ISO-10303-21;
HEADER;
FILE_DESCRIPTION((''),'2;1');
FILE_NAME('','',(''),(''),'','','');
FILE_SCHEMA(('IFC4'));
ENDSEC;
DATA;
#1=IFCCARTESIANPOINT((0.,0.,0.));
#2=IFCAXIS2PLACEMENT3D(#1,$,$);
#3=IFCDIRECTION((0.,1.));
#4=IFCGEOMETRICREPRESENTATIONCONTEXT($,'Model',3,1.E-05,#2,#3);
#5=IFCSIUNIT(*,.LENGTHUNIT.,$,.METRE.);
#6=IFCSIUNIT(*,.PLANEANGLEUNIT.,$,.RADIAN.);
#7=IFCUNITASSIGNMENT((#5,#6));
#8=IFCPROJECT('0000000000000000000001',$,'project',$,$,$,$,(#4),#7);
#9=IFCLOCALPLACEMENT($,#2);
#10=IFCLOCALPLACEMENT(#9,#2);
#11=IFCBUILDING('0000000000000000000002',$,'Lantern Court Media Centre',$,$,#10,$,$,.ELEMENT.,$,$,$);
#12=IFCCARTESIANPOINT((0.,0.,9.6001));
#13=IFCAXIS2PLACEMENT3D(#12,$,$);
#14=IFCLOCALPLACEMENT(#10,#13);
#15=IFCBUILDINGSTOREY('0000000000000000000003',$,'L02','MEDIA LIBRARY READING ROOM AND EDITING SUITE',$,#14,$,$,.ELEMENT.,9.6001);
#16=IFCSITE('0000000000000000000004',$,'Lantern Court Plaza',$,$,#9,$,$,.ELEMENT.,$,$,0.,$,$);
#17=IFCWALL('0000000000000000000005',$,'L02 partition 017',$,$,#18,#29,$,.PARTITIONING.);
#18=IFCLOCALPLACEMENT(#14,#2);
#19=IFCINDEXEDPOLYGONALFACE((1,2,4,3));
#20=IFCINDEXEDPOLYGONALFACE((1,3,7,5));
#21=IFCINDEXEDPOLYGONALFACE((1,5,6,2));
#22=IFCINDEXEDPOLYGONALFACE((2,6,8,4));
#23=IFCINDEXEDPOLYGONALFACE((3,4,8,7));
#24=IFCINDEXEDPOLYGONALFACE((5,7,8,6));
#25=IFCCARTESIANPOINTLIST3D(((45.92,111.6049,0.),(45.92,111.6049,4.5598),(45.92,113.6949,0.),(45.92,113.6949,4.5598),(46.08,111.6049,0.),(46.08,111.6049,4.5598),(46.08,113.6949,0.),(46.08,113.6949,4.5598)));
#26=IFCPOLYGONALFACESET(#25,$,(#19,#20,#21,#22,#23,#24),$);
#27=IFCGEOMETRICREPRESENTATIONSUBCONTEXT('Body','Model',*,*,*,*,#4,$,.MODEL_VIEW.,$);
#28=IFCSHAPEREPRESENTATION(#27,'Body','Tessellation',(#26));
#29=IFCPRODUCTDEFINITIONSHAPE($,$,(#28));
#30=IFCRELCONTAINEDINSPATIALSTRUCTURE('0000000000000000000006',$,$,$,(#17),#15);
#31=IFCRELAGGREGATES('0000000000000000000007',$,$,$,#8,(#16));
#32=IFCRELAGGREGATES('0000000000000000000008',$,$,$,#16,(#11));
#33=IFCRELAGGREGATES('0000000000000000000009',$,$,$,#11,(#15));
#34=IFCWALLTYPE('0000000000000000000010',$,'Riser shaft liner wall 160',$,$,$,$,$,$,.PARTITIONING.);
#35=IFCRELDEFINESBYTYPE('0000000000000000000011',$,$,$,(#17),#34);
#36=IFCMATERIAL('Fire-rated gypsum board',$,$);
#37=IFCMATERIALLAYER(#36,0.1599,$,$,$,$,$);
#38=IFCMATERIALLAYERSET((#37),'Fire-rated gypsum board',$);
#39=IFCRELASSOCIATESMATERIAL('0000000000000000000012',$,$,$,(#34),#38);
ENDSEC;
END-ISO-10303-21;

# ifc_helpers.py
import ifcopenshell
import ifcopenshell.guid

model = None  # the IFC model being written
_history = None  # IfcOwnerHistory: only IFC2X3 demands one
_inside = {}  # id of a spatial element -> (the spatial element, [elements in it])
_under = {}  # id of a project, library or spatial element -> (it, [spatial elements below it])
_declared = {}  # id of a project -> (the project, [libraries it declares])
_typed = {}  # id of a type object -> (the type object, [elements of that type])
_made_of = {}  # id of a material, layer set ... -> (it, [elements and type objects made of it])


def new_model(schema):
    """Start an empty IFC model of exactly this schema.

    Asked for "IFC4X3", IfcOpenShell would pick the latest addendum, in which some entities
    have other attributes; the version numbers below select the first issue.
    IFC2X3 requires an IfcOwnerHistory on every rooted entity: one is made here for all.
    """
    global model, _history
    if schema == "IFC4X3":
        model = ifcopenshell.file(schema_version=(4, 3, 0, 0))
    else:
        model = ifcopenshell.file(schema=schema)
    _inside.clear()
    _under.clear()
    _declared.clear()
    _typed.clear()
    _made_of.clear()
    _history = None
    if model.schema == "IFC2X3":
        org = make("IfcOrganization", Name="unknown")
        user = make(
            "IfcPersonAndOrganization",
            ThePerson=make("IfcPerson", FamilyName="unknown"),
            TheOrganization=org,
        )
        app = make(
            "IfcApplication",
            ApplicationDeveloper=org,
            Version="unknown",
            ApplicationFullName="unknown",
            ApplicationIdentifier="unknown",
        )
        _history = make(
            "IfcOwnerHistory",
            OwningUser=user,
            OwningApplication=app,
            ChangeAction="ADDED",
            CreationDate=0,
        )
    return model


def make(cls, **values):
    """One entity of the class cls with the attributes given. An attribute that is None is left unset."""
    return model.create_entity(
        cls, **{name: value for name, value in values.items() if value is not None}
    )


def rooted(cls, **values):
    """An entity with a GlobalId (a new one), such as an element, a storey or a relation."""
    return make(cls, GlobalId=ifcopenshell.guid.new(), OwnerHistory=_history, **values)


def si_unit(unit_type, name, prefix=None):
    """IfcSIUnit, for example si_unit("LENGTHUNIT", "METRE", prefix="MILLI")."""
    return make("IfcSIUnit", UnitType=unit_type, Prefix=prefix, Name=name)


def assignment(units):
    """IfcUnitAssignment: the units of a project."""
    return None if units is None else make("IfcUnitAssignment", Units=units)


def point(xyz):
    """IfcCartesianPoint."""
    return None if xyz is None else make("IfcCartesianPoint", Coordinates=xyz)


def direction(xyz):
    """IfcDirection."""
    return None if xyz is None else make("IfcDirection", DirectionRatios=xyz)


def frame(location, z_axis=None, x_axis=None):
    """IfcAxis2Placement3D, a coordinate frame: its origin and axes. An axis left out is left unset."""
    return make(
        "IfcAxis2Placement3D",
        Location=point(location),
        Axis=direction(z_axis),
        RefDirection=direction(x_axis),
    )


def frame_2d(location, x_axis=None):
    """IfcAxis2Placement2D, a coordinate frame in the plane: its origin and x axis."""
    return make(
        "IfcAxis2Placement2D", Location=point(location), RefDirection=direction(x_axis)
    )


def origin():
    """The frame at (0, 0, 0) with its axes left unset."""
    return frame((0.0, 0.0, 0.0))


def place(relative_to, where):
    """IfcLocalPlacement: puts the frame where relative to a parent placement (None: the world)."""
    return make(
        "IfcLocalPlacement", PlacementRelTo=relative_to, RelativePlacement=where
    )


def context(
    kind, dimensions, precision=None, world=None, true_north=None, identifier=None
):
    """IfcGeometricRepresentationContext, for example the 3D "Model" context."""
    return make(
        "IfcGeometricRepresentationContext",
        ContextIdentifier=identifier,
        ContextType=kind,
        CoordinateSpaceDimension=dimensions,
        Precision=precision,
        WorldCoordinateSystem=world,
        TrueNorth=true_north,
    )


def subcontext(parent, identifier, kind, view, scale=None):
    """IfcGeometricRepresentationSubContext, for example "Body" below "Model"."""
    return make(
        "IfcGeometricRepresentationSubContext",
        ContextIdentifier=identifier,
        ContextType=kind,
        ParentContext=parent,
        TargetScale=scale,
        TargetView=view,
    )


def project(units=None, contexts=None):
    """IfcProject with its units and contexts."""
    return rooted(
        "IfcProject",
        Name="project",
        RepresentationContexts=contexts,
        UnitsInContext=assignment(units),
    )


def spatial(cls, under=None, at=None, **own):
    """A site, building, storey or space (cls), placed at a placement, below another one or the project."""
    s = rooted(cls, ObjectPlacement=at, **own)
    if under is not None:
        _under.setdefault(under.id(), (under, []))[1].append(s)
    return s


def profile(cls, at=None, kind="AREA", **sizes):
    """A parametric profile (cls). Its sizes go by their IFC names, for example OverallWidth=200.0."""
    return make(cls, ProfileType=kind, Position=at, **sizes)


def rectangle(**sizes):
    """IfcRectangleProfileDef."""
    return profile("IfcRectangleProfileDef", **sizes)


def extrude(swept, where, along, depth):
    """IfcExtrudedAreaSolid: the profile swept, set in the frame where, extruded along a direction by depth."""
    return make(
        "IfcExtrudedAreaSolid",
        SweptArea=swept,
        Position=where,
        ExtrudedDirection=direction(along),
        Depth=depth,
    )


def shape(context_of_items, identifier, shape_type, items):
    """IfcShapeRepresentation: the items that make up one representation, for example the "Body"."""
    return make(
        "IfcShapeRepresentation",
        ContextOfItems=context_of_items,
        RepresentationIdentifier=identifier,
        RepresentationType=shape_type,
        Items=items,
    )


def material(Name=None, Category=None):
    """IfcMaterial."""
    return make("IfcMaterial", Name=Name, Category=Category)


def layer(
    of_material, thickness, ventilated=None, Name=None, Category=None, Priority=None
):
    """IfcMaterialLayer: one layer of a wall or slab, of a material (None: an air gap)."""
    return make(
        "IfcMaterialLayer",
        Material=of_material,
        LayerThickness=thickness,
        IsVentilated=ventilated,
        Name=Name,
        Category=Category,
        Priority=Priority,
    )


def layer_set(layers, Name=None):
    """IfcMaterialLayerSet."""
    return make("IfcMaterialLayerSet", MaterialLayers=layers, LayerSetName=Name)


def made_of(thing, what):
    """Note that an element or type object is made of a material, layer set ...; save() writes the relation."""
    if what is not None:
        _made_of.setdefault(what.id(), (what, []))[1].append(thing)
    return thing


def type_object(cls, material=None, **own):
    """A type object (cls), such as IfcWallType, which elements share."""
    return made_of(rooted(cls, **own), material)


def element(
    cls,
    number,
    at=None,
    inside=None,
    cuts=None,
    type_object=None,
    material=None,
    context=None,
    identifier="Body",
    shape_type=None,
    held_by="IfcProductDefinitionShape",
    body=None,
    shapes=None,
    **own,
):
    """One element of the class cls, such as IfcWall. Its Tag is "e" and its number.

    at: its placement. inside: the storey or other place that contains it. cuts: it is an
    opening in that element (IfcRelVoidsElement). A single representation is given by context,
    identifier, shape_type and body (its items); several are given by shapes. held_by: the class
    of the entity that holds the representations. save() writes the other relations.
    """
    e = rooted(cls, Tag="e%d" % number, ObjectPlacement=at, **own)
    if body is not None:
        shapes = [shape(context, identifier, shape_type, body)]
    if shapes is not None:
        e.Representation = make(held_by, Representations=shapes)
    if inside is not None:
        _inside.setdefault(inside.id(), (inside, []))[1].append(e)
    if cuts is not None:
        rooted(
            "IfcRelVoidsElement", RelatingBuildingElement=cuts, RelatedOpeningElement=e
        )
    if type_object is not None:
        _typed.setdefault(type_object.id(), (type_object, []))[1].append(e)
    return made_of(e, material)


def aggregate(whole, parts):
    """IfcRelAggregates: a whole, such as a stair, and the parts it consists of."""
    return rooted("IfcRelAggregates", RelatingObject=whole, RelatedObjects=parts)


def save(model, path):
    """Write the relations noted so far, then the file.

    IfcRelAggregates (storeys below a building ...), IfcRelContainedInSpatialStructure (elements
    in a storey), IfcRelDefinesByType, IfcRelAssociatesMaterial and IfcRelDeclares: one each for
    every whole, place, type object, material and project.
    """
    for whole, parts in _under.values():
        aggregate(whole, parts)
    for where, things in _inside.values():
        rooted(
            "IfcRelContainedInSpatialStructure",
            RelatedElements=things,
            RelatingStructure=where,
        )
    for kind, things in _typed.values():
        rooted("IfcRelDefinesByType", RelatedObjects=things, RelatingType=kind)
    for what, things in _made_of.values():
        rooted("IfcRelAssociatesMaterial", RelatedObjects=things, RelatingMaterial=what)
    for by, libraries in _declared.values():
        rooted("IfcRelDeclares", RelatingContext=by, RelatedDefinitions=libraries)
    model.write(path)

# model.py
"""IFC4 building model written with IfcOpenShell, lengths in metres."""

from ifc_helpers import new_model, si_unit, direction, frame, frame_2d, origin, place, context, subcontext, project, spatial, rectangle, extrude, material, layer, layer_set, type_object, element, save


model = new_model("IFC4")

# Units and contexts
model_context = context("Model", 3, precision=1e-05, world=origin(), true_north=direction((0.0, 1.0)))
body_context = subcontext(model_context, "Body", "Model", "MODEL_VIEW")
ifc_project = project(units=[si_unit("LENGTHUNIT", "METRE"), si_unit("PLANEANGLEUNIT", "RADIAN")], contexts=[model_context])

# Site, building, storey
site_placement = place(None, origin())
site = spatial("IfcSite", under=ifc_project, at=site_placement, Name="Lantern Court Plaza", CompositionType="ELEMENT", RefElevation=0.0)
building_placement = place(site_placement, origin())
building = spatial("IfcBuilding", under=site, at=building_placement, Name="Lantern Court Media Centre", CompositionType="ELEMENT")
storey_placement = place(building_placement, frame((0.0, 0.0, 9.6001)))
storey = spatial("IfcBuildingStorey", under=building, at=storey_placement, Name="L02", Description="MEDIA LIBRARY READING ROOM AND EDITING SUITE", CompositionType="ELEMENT", Elevation=9.6001)

# Wall
ifc_material_1 = material(Name="Fire-rated gypsum board")
ifc_layer_1 = layer(ifc_material_1, 0.1599)
ifc_layer_set_1 = layer_set([ifc_layer_1], Name="Fire-rated gypsum board")
wall_type_1 = type_object("IfcWallType", Name="Riser shaft liner wall 160", PredefinedType="PARTITIONING", material=ifc_layer_set_1)
for number, where, z_axis, x_axis, name in (
    (1, (46.0, 111.605, 0.0), (0.0, 0.0, 1.0), (0.0, 1.0, 0.0), "L02 partition 017"),
):
    element("IfcWall", number, at=place(storey_placement, frame(where, z_axis=z_axis, x_axis=x_axis)), inside=storey, type_object=wall_type_1, Name=name, PredefinedType="PARTITIONING", context=body_context, shape_type="SweptSolid", body=[
        extrude(rectangle(XDim=2.0901, YDim=0.1599, at=frame_2d((1.0449, 0.0))), origin(), (0.0, 0.0, 1.0), 4.5598),
    ])

save(model, "model.ifc")
